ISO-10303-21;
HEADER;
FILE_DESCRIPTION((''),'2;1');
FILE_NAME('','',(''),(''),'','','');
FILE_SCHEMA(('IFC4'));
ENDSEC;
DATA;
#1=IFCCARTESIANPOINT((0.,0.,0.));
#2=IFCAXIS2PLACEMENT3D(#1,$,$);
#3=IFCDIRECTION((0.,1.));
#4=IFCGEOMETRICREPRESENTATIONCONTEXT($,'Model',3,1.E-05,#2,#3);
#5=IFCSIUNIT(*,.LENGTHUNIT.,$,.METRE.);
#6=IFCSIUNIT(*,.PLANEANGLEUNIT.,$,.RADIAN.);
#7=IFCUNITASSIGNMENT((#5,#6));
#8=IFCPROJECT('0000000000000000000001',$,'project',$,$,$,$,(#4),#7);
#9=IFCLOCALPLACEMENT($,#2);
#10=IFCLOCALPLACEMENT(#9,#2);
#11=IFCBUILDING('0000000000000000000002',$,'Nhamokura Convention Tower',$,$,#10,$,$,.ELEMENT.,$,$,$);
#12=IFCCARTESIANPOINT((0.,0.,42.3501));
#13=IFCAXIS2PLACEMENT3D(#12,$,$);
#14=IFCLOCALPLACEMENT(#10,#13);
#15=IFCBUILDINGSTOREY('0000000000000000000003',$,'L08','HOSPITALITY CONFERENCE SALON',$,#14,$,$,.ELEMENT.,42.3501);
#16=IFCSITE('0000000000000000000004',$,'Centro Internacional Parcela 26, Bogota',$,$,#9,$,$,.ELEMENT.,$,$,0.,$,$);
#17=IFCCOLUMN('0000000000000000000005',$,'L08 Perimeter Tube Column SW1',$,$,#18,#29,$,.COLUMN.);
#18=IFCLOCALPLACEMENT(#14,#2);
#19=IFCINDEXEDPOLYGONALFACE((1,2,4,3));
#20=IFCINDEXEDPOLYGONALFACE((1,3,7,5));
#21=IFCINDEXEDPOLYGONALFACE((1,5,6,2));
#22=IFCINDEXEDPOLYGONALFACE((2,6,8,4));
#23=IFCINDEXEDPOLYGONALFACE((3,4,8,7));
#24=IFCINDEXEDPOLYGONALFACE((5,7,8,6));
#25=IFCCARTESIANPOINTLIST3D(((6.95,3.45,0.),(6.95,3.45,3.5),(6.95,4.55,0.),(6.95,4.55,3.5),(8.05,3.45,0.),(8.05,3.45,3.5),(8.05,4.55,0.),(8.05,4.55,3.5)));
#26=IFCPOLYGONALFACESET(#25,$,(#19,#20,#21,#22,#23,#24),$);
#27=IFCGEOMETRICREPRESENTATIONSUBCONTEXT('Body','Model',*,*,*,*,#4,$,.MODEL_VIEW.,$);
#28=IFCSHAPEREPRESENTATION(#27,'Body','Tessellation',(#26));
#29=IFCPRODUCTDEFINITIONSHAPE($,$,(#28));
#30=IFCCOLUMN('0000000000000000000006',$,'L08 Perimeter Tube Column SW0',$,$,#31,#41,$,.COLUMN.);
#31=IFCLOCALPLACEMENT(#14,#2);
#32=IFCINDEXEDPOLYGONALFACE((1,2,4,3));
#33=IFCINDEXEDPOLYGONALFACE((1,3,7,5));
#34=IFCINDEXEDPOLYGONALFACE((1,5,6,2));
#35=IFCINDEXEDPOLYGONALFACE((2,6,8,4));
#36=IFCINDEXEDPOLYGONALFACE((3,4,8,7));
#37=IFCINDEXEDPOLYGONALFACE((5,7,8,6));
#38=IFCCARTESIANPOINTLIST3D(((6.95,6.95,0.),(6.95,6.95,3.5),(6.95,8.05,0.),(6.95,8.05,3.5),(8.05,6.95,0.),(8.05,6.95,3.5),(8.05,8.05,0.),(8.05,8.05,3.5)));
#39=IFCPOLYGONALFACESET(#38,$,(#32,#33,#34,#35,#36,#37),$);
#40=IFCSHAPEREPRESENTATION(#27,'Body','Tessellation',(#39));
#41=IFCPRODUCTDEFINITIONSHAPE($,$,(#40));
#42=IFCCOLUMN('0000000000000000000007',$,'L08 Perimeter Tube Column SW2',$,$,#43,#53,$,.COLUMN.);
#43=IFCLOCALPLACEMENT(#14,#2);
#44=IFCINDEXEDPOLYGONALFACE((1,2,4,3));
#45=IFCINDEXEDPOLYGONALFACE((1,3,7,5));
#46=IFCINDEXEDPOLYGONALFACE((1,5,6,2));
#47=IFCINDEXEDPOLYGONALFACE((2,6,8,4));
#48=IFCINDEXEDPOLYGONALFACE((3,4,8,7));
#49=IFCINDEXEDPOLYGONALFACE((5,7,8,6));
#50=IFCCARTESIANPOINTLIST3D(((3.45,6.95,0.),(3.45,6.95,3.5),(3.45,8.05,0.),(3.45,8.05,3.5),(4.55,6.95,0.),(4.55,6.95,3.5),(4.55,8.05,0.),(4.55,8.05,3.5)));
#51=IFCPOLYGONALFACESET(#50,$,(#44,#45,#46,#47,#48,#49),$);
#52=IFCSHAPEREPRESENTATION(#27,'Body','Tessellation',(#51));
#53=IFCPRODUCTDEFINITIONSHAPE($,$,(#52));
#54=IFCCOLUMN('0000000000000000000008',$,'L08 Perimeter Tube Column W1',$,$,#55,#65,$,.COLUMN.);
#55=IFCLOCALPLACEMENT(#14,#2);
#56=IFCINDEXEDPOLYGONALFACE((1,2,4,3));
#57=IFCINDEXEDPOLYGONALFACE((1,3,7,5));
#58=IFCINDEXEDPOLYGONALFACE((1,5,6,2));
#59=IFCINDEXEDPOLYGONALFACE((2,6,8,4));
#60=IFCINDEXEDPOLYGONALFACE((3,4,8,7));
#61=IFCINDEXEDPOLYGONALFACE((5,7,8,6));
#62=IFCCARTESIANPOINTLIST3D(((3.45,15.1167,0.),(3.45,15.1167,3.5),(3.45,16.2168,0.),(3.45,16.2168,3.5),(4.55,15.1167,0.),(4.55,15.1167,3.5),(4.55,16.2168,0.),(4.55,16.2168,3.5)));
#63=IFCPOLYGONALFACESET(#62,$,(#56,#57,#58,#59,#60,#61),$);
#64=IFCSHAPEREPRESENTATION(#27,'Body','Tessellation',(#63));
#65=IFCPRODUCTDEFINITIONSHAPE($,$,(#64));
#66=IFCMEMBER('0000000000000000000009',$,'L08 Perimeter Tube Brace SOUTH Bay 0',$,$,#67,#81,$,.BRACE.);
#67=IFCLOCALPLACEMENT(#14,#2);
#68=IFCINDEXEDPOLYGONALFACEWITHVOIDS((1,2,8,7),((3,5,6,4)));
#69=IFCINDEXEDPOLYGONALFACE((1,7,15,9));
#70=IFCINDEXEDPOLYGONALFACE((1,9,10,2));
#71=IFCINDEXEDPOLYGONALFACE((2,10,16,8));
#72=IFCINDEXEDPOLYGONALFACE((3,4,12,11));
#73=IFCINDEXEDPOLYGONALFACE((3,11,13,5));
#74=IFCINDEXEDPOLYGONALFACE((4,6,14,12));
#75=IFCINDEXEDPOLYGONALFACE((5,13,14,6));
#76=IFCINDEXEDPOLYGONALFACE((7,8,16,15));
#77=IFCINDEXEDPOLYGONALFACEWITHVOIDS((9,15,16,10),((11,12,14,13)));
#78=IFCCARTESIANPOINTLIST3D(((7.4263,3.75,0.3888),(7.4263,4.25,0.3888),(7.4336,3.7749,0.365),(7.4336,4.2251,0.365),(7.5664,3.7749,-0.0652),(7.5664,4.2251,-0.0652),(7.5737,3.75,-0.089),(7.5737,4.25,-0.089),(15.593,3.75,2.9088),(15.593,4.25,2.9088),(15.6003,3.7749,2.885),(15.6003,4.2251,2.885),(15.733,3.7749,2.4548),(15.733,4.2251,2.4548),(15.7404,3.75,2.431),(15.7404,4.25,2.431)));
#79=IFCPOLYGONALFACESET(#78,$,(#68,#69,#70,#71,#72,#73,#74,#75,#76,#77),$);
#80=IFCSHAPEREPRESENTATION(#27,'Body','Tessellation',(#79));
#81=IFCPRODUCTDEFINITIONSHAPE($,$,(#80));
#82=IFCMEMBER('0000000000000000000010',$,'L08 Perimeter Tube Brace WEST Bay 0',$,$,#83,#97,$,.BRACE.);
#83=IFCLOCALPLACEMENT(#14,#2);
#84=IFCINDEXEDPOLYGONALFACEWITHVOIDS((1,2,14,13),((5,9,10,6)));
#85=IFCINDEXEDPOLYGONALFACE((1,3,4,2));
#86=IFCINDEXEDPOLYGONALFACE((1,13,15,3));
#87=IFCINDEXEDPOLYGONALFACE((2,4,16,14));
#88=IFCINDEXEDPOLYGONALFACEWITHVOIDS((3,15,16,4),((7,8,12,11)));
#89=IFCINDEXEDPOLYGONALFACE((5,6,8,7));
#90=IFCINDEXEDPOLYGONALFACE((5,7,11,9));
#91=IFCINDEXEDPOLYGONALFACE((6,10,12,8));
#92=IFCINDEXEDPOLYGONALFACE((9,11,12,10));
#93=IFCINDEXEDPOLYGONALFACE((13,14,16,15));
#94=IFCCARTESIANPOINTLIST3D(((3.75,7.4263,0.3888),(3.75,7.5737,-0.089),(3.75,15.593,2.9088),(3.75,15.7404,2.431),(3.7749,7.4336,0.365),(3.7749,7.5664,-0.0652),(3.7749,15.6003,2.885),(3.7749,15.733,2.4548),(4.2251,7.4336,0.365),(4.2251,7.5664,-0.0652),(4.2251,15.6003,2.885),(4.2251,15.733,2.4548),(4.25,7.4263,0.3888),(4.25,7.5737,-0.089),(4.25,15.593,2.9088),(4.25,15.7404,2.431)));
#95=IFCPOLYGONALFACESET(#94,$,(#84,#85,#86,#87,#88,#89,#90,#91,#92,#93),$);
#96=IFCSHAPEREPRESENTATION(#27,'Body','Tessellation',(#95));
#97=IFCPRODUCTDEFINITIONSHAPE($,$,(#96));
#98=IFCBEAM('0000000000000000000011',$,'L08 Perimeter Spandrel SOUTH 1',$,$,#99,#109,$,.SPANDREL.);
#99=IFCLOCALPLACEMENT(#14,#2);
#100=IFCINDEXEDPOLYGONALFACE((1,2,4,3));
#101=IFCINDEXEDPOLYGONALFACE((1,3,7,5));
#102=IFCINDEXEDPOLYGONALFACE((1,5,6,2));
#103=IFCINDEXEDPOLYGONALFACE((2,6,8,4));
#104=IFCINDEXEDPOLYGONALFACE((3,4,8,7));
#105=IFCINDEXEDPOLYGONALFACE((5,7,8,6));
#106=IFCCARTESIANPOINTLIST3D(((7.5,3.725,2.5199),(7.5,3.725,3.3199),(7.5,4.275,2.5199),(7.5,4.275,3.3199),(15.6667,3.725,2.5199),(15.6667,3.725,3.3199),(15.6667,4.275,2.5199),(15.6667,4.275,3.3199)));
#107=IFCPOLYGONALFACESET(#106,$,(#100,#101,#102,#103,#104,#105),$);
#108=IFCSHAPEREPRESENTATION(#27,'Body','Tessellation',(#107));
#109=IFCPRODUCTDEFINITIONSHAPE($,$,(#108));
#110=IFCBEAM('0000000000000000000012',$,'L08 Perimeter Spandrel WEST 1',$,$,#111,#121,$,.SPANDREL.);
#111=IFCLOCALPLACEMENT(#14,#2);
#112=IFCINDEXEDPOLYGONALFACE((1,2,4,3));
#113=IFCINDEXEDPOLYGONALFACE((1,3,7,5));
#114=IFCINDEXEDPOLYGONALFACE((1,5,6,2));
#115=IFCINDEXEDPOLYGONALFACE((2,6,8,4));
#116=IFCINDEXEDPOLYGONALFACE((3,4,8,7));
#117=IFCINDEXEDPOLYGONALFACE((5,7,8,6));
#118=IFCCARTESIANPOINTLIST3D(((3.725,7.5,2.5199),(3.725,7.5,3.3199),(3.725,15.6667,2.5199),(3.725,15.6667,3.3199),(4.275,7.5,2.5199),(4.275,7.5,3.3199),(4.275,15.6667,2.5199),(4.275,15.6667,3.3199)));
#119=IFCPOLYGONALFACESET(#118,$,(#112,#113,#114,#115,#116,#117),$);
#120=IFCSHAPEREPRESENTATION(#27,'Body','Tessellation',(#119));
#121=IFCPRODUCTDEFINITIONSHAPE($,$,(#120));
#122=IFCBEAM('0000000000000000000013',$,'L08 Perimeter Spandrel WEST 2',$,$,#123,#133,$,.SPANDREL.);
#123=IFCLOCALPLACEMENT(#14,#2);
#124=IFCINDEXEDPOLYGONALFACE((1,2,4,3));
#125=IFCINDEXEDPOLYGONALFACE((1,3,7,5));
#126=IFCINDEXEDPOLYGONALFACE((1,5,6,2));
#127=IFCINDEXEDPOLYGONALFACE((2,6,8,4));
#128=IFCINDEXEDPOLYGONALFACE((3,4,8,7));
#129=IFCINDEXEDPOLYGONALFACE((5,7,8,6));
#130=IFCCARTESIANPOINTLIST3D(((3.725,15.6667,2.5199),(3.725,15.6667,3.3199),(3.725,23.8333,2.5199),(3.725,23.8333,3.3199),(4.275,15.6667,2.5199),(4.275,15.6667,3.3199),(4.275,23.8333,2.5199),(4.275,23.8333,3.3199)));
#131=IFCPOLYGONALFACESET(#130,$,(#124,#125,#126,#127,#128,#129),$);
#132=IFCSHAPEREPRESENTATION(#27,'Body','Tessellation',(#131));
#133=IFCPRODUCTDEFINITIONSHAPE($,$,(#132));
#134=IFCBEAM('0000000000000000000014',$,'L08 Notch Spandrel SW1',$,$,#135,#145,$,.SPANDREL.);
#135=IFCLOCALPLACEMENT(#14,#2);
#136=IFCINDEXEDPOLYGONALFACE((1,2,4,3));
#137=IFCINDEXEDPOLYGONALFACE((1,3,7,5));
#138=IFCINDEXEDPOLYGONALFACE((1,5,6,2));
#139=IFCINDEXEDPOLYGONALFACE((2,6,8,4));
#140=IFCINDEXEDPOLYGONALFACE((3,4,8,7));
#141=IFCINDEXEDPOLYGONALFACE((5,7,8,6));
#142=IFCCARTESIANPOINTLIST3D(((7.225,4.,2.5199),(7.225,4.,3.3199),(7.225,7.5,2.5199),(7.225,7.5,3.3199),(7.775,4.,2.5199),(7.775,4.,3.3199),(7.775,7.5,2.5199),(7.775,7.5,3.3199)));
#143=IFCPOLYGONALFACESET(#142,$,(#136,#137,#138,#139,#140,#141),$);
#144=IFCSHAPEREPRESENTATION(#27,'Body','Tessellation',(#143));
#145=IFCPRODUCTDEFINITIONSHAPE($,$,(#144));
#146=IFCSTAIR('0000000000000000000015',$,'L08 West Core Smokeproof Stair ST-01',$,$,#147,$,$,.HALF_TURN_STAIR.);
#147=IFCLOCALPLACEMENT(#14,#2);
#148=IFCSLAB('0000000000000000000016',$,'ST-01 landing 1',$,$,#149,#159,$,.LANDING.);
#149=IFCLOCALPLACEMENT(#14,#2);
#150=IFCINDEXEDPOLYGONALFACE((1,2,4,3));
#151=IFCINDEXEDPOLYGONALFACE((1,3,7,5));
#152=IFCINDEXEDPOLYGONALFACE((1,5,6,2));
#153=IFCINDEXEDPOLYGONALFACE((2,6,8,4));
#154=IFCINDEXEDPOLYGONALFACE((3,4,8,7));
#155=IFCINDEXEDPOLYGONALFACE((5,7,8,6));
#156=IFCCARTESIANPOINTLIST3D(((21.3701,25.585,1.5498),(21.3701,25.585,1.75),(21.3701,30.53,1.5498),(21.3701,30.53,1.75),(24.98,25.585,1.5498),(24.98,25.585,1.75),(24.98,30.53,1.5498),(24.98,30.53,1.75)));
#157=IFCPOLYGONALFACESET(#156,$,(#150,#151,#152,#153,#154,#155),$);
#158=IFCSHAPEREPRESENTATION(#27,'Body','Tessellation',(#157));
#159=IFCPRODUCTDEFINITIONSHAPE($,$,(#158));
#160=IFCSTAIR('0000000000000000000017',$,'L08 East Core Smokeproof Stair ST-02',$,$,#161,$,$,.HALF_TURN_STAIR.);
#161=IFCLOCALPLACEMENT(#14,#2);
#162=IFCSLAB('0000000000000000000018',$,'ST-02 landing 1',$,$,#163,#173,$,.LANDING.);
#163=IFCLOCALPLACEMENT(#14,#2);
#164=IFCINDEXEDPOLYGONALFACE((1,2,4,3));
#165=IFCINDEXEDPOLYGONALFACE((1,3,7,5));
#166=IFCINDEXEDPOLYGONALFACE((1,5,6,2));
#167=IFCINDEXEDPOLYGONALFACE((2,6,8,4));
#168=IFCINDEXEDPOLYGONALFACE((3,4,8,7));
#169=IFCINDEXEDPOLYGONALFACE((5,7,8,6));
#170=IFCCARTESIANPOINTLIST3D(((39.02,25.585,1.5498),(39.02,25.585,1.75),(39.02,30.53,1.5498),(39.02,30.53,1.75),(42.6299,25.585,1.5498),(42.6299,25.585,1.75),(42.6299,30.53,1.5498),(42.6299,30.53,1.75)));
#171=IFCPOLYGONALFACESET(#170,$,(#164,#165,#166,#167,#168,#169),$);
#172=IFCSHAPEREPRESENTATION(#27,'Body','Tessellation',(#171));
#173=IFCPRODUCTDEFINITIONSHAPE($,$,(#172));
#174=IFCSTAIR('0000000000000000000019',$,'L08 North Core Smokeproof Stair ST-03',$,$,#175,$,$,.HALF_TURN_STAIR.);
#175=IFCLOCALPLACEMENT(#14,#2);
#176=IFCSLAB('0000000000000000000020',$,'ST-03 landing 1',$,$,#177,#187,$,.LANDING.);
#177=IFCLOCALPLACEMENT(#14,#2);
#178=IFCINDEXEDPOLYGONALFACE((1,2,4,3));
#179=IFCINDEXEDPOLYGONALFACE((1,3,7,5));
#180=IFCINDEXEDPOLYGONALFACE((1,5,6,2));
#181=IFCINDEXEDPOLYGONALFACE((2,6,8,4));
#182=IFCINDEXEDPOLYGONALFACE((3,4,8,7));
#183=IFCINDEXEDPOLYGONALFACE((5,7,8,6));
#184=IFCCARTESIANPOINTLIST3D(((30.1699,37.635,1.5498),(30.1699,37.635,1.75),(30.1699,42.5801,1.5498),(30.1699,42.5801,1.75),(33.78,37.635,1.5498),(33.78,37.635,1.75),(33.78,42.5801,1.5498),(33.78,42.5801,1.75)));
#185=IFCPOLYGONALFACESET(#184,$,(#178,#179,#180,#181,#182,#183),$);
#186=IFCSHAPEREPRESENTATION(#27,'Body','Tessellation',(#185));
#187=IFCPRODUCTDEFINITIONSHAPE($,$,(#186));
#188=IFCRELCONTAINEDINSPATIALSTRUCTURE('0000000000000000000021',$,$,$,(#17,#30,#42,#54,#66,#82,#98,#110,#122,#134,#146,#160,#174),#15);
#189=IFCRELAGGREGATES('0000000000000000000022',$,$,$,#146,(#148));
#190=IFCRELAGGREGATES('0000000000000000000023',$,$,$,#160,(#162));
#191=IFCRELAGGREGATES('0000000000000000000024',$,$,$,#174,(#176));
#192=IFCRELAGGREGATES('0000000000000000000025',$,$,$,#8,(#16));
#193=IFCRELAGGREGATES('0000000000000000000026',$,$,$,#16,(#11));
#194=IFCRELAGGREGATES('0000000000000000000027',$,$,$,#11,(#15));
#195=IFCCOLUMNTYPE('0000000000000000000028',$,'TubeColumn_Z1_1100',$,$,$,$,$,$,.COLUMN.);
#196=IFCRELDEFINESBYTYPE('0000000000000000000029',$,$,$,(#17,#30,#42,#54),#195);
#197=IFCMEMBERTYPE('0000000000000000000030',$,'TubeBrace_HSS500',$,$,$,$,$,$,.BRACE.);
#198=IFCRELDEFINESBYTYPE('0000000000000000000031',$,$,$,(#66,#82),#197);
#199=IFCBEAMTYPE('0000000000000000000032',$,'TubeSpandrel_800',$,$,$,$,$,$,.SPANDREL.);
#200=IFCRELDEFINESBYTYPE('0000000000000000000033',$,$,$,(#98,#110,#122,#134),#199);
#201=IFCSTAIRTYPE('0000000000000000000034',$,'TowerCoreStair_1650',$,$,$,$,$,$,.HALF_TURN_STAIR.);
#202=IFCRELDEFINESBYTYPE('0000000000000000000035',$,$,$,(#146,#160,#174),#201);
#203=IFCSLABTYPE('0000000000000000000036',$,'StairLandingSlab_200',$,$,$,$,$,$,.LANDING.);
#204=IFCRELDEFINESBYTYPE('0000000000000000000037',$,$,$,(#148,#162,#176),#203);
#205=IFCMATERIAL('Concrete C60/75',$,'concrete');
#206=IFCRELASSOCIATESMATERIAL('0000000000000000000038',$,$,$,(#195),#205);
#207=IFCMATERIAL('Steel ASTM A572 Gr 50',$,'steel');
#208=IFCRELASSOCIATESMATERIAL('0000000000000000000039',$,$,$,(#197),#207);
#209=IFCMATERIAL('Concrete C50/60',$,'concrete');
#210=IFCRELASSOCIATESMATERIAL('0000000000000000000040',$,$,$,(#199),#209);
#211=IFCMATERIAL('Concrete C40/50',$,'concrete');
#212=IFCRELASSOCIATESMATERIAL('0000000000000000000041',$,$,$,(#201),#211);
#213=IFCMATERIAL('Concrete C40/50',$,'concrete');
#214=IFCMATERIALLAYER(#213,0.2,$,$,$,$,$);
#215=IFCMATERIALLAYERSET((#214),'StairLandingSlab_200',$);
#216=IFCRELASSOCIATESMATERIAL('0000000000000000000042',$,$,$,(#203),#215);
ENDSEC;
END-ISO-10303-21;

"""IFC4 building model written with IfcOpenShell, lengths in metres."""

from ifc_helpers import new_model, si_unit, direction, frame, origin, origin_2d, place, context, subcontext, project, spatial, polyline, rectangle, hollow_rectangle, outline, extrude, material, layer, layer_set, material_profile, profile_set, type_object, element, aggregate, save


model = new_model("IFC4")

# Units and contexts
model_context = context("Model", 3, precision=1e-05, world=origin(), true_north=direction((0.0, 1.0)))
body_context = subcontext(model_context, "Body", "Model", "MODEL_VIEW")
ifc_project = project(units=[si_unit("LENGTHUNIT", "METRE"), si_unit("PLANEANGLEUNIT", "RADIAN")], contexts=[model_context])

# Site, building, storey
site_placement = place(None, origin())
site = spatial("IfcSite", under=ifc_project, at=site_placement, Name="Centro Internacional Parcela 26, Bogota", CompositionType="ELEMENT", RefElevation=0.0)
building_placement = place(site_placement, origin())
building = spatial("IfcBuilding", under=site, at=building_placement, Name="Nhamokura Convention Tower", CompositionType="ELEMENT")
storey_placement = place(building_placement, frame((0.0, 0.0, 42.3501)))
storey = spatial("IfcBuildingStorey", under=building, at=storey_placement, Name="L08", Description="HOSPITALITY CONFERENCE SALON", CompositionType="ELEMENT", Elevation=42.3501)

# Columns
ifc_material_1 = material(Name="Concrete C60/75", Category="concrete")
ifc_material_profile_1 = material_profile(ifc_material_1, rectangle(XDim=1.1001, YDim=1.1001, at=origin_2d()))
ifc_profile_set_1 = profile_set([ifc_material_profile_1], Name="Concrete C60/75")
column_type = type_object("IfcColumnType", Name="TubeColumn_Z1_1100", PredefinedType="COLUMN", material=ifc_profile_set_1)
for number, where, z_axis, x_axis, name in (
    (1, (7.5, 4.0, 0.0), (0.0, 0.0, 1.0), (1.0, 0.0, 0.0), "L08 Perimeter Tube Column SW1"),
    (2, (7.5, 7.5, 0.0), (0.0, 0.0, 1.0), (1.0, 0.0, 0.0), "L08 Perimeter Tube Column SW0"),
    (3, (4.0, 7.5, 0.0), (0.0, 0.0, 1.0), (1.0, 0.0, 0.0), "L08 Perimeter Tube Column SW2"),
    (4, (4.0, 15.6667, 0.0), (0.0, 0.0, 1.0), (1.0, 0.0, 0.0), "L08 Perimeter Tube Column W1"),
):
    element("IfcColumn", number, at=place(storey_placement, frame(where, z_axis=z_axis, x_axis=x_axis)), inside=storey, type_object=column_type, Name=name, PredefinedType="COLUMN", context=body_context, shape_type="SweptSolid", body=[
        extrude(rectangle(XDim=1.1001, YDim=1.1001, at=origin_2d()), origin(), (0.0, 0.0, 1.0), 3.5),
    ])

# Members
ifc_material_2 = material(Name="Steel ASTM A572 Gr 50", Category="steel")
ifc_material_profile_2 = material_profile(ifc_material_2, hollow_rectangle(XDim=0.5, YDim=0.5, WallThickness=0.0249, at=origin_2d()))
ifc_profile_set_2 = profile_set([ifc_material_profile_2], Name="Steel ASTM A572 Gr 50")
member_type = type_object("IfcMemberType", Name="TubeBrace_HSS500", PredefinedType="BRACE", material=ifc_profile_set_2)
for number, where, z_axis, x_axis, name in (
    (5, (7.5, 4.0, 0.1499), (0.955543, 0.0, 0.294853), (0.0, 1.0, 0.0), "L08 Perimeter Tube Brace SOUTH Bay 0"),
    (6, (4.0, 7.5, 0.1499), (0.0, 0.955543, 0.294853), (-1.0, 0.0, 0.0), "L08 Perimeter Tube Brace WEST Bay 0"),
):
    element("IfcMember", number, at=place(storey_placement, frame(where, z_axis=z_axis, x_axis=x_axis)), inside=storey, type_object=member_type, Name=name, PredefinedType="BRACE", context=body_context, shape_type="SweptSolid", body=[
        extrude(hollow_rectangle(XDim=0.5, YDim=0.5, WallThickness=0.0249, at=origin_2d()), origin(), (0.0, 0.0, 1.0), 8.5466),
    ])

# Beams
ifc_material_3 = material(Name="Concrete C50/60", Category="concrete")
ifc_material_profile_3 = material_profile(ifc_material_3, rectangle(XDim=0.55, YDim=0.8, at=origin_2d()))
ifc_profile_set_3 = profile_set([ifc_material_profile_3], Name="Concrete C50/60")
beam_type = type_object("IfcBeamType", Name="TubeSpandrel_800", PredefinedType="SPANDREL", material=ifc_profile_set_3)
for number, where, z_axis, x_axis, name in (
    (7, (7.5, 4.0, 2.9199), (1.0, 0.0, 0.0), (0.0, 1.0, 0.0), "L08 Perimeter Spandrel SOUTH 1"),
    (8, (4.0, 7.5, 2.9199), (0.0, 1.0, 0.0), (-1.0, 0.0, 0.0), "L08 Perimeter Spandrel WEST 1"),
):
    element("IfcBeam", number, at=place(storey_placement, frame(where, z_axis=z_axis, x_axis=x_axis)), inside=storey, type_object=beam_type, Name=name, PredefinedType="SPANDREL", context=body_context, shape_type="SweptSolid", body=[
        extrude(rectangle(XDim=0.55, YDim=0.8, at=origin_2d()), origin(), (0.0, 0.0, 1.0), 8.1667),
    ])
beam_1_placement = place(storey_placement, frame((4.0, 15.6667, 2.9199), z_axis=(0.0, 1.0, 0.0), x_axis=(-1.0, 0.0, 0.0)))
element("IfcBeam", 9, at=beam_1_placement, inside=storey, type_object=beam_type, Name="L08 Perimeter Spandrel WEST 2", PredefinedType="SPANDREL", context=body_context, shape_type="SweptSolid", body=[
    extrude(rectangle(XDim=0.55, YDim=0.8, at=origin_2d()), origin(), (0.0, 0.0, 1.0), 8.1665),
])
beam_2_placement = place(storey_placement, frame((7.5, 4.0, 2.9199), z_axis=(0.0, 1.0, 0.0), x_axis=(-1.0, 0.0, 0.0)))
element("IfcBeam", 10, at=beam_2_placement, inside=storey, type_object=beam_type, Name="L08 Notch Spandrel SW1", PredefinedType="SPANDREL", context=body_context, shape_type="SweptSolid", body=[
    extrude(rectangle(XDim=0.55, YDim=0.8, at=origin_2d()), origin(), (0.0, 0.0, 1.0), 3.5),
])

# Stairs, slabs
ifc_material_4 = material(Name="Concrete C40/50", Category="concrete")
stair_type = type_object("IfcStairType", Name="TowerCoreStair_1650", PredefinedType="HALF_TURN_STAIR", material=ifc_material_4)
stair_1_placement = place(storey_placement, origin())
stair_1 = element("IfcStair", 11, at=stair_1_placement, inside=storey, type_object=stair_type, Name="L08 West Core Smokeproof Stair ST-01", PredefinedType="HALF_TURN_STAIR")
ifc_material_5 = material(Name="Concrete C40/50", Category="concrete")
ifc_layer_1 = layer(ifc_material_5, 0.2)
ifc_layer_set_1 = layer_set([ifc_layer_1], Name="StairLandingSlab_200")
slab_type_1 = type_object("IfcSlabType", Name="StairLandingSlab_200", PredefinedType="LANDING", material=ifc_layer_set_1)
slab_1_placement = place(storey_placement, frame((0.0, 0.0, 1.5498)))
slab_1 = element("IfcSlab", 12, at=slab_1_placement, type_object=slab_type_1, Name="ST-01 landing 1", PredefinedType="LANDING", context=body_context, shape_type="SweptSolid", body=[
    extrude(outline(polyline([(24.98, 25.585), (24.98, 30.53), (21.3701, 30.53), (21.3701, 25.585), (24.98, 25.585)])), origin(), (0.0, 0.0, 1.0), 0.2002),
])
aggregate(stair_1, [slab_1])
stair_2_placement = place(storey_placement, origin())
stair_2 = element("IfcStair", 13, at=stair_2_placement, inside=storey, type_object=stair_type, Name="L08 East Core Smokeproof Stair ST-02", PredefinedType="HALF_TURN_STAIR")
slab_2_placement = place(storey_placement, frame((0.0, 0.0, 1.5498)))
slab_2 = element("IfcSlab", 14, at=slab_2_placement, type_object=slab_type_1, Name="ST-02 landing 1", PredefinedType="LANDING", context=body_context, shape_type="SweptSolid", body=[
    extrude(outline(polyline([(42.6299, 25.585), (42.6299, 30.53), (39.02, 30.53), (39.02, 25.585), (42.6299, 25.585)])), origin(), (0.0, 0.0, 1.0), 0.2002),
])
aggregate(stair_2, [slab_2])
stair_3_placement = place(storey_placement, origin())
stair_3 = element("IfcStair", 15, at=stair_3_placement, inside=storey, type_object=stair_type, Name="L08 North Core Smokeproof Stair ST-03", PredefinedType="HALF_TURN_STAIR")
slab_3_placement = place(storey_placement, frame((0.0, 0.0, 1.5498)))
slab_3 = element("IfcSlab", 16, at=slab_3_placement, type_object=slab_type_1, Name="ST-03 landing 1", PredefinedType="LANDING", context=body_context, shape_type="SweptSolid", body=[
    extrude(outline(polyline([(33.78, 37.635), (33.78, 42.5801), (30.1699, 42.5801), (30.1699, 37.635), (33.78, 37.635)])), origin(), (0.0, 0.0, 1.0), 0.2002),
])
aggregate(stair_3, [slab_3])

save(model, "model.ifc")
